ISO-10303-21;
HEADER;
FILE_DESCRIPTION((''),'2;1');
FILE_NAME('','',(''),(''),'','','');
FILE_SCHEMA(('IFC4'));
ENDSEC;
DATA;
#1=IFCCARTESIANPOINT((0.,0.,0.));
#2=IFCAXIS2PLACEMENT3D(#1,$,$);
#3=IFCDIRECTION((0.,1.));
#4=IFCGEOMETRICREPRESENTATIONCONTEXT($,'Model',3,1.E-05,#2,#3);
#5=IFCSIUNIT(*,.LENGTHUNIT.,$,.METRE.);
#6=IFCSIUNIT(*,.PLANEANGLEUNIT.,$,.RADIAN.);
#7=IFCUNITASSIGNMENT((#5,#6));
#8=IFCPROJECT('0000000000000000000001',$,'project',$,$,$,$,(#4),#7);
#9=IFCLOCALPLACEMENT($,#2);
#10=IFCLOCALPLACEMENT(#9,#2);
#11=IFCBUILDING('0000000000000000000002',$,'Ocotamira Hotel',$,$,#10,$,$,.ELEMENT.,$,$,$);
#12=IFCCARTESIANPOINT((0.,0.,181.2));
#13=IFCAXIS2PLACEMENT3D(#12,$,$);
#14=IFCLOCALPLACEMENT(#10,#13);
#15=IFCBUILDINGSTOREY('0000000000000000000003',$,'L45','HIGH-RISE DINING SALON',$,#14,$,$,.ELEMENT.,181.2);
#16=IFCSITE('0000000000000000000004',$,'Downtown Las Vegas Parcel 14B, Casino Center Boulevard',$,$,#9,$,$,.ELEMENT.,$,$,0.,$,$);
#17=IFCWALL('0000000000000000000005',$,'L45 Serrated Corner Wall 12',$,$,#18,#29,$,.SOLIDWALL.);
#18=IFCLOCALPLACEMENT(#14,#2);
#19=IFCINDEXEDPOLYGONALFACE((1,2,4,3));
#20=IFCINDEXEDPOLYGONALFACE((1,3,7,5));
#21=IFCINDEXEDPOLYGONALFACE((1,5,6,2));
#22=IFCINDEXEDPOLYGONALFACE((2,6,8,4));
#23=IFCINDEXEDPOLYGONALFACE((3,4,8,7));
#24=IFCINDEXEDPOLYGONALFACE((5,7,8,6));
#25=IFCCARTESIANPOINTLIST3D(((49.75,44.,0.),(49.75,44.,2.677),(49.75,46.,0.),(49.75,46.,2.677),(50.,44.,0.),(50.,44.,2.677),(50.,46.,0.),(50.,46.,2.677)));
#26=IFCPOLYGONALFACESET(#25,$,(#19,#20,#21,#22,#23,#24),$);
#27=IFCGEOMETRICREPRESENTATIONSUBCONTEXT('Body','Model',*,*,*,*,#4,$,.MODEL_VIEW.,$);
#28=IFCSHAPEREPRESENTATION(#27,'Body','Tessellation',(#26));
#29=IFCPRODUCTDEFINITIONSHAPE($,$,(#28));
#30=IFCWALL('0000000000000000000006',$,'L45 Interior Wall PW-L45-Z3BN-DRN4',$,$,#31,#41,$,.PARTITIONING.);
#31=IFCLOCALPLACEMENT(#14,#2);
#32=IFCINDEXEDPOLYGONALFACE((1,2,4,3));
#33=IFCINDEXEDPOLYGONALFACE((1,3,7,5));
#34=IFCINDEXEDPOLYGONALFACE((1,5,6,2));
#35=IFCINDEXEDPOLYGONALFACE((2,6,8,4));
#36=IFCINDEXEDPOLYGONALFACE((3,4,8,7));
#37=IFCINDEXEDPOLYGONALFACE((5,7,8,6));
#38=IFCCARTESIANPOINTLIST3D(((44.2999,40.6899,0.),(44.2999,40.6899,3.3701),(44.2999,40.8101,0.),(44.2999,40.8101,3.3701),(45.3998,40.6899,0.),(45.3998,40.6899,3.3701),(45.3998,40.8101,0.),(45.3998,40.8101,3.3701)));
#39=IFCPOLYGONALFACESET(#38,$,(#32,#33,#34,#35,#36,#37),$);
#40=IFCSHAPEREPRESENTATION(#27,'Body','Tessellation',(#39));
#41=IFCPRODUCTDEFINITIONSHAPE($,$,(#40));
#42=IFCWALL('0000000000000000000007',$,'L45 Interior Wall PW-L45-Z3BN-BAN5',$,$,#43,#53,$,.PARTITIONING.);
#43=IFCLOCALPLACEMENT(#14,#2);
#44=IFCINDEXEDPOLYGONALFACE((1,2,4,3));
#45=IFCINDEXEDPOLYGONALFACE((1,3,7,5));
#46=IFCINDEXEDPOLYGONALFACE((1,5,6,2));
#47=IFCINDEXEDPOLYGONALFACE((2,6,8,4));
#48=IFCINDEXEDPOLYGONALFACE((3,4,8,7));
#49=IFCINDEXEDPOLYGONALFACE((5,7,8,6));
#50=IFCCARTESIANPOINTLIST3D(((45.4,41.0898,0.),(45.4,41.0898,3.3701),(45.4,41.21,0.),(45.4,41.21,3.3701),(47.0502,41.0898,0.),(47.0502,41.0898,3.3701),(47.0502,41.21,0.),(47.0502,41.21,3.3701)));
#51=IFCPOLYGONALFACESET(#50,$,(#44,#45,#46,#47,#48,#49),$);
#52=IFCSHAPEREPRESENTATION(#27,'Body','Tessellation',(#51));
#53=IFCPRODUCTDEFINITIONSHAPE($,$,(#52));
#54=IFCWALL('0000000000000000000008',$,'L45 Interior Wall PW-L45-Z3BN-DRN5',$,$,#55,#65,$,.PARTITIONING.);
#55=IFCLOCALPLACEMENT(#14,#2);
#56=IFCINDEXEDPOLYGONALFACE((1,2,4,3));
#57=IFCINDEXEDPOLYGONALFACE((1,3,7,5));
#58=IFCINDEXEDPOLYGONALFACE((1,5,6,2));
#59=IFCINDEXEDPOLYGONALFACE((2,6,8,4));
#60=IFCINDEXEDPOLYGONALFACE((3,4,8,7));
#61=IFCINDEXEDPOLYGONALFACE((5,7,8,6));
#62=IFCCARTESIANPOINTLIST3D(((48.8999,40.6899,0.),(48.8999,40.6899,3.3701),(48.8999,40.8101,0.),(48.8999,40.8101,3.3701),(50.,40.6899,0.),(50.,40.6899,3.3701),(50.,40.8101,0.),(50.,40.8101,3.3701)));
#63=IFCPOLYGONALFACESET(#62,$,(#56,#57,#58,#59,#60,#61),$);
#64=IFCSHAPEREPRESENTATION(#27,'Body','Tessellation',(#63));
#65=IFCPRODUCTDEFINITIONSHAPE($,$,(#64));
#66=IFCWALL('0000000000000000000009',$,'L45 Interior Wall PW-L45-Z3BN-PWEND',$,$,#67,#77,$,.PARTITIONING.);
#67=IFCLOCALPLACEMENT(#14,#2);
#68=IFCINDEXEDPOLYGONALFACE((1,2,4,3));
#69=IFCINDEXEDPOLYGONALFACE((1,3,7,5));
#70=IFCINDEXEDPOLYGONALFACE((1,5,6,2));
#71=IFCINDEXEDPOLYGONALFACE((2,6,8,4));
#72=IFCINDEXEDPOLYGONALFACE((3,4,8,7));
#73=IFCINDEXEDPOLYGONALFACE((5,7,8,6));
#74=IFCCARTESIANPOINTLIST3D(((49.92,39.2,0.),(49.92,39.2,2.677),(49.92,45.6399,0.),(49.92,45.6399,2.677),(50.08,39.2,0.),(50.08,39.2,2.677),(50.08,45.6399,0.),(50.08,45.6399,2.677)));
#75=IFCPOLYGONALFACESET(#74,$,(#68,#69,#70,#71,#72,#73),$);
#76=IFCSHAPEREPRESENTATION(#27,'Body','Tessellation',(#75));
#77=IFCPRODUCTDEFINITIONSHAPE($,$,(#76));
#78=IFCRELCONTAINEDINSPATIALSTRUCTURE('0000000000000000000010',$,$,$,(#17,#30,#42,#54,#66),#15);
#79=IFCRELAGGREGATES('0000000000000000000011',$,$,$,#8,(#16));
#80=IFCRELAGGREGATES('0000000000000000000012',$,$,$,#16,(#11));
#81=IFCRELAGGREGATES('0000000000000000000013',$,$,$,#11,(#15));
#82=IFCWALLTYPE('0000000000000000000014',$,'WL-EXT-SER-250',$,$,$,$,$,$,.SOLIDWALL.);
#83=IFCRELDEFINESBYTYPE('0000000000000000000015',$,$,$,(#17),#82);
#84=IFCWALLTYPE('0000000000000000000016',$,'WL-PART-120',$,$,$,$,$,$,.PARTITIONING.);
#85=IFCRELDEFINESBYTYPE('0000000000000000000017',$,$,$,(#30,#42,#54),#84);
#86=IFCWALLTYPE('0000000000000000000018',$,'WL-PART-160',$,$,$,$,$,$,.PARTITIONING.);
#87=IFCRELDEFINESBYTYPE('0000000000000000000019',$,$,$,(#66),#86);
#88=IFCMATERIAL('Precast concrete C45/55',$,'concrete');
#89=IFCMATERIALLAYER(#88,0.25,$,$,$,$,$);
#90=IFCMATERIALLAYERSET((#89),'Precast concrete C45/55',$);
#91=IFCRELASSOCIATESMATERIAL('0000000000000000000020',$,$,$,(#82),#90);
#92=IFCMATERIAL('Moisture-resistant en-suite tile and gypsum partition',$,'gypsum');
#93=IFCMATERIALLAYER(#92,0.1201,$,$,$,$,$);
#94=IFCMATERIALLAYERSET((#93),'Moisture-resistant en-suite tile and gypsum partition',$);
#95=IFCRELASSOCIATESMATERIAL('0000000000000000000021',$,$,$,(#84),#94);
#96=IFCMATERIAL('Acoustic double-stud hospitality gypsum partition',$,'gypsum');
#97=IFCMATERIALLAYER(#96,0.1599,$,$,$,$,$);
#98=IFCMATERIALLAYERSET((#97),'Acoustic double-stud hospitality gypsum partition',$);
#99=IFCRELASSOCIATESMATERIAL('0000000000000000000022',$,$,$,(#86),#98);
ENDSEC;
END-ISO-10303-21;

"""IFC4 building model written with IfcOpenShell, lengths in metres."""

from ifc_helpers import new_model, si_unit, direction, frame, frame_2d, origin, place, context, subcontext, project, spatial, rectangle, extrude, material, layer, layer_set, type_object, element, save


model = new_model("IFC4")

# Units and contexts
model_context = context("Model", 3, precision=1e-05, world=origin(), true_north=direction((0.0, 1.0)))
body_context = subcontext(model_context, "Body", "Model", "MODEL_VIEW")
ifc_project = project(units=[si_unit("LENGTHUNIT", "METRE"), si_unit("PLANEANGLEUNIT", "RADIAN")], contexts=[model_context])

# Site, building, storey
site_placement = place(None, origin())
site = spatial("IfcSite", under=ifc_project, at=site_placement, Name="Downtown Las Vegas Parcel 14B, Casino Center Boulevard", CompositionType="ELEMENT", RefElevation=0.0)
building_placement = place(site_placement, origin())
building = spatial("IfcBuilding", under=site, at=building_placement, Name="Ocotamira Hotel", CompositionType="ELEMENT")
storey_placement = place(building_placement, frame((0.0, 0.0, 181.2)))
storey = spatial("IfcBuildingStorey", under=building, at=storey_placement, Name="L45", Description="HIGH-RISE DINING SALON", CompositionType="ELEMENT", Elevation=181.2)

# Wall
ifc_material_1 = material(Name="Precast concrete C45/55", Category="concrete")
ifc_layer_1 = layer(ifc_material_1, 0.25)
ifc_layer_set_1 = layer_set([ifc_layer_1], Name="Precast concrete C45/55")
wall_type_1 = type_object("IfcWallType", Name="WL-EXT-SER-250", PredefinedType="SOLIDWALL", material=ifc_layer_set_1)
wall_1_placement = place(storey_placement, frame((49.875, 44.0, 0.0), z_axis=(0.0, 0.0, 1.0), x_axis=(0.0, 1.0, 0.0)))
element("IfcWall", 1, at=wall_1_placement, inside=storey, type_object=wall_type_1, Name="L45 Serrated Corner Wall 12", PredefinedType="SOLIDWALL", context=body_context, shape_type="SweptSolid", body=[
    extrude(rectangle(XDim=2.0, YDim=0.25, at=frame_2d((1.0, 0.0))), origin(), (0.0, 0.0, 1.0), 2.677),
])

# Walls
ifc_material_2 = material(Name="Moisture-resistant en-suite tile and gypsum partition", Category="gypsum")
ifc_layer_2 = layer(ifc_material_2, 0.1201)
ifc_layer_set_2 = layer_set([ifc_layer_2], Name="Moisture-resistant en-suite tile and gypsum partition")
wall_type_2 = type_object("IfcWallType", Name="WL-PART-120", PredefinedType="PARTITIONING", material=ifc_layer_set_2)
wall_2_placement = place(storey_placement, frame((44.3, 40.75, 0.0), z_axis=(0.0, 0.0, 1.0), x_axis=(1.0, 0.0, 0.0)))
element("IfcWall", 2, at=wall_2_placement, inside=storey, type_object=wall_type_2, Name="L45 Interior Wall PW-L45-Z3BN-DRN4", PredefinedType="PARTITIONING", context=body_context, shape_type="SweptSolid", body=[
    extrude(rectangle(XDim=1.0999, YDim=0.1201, at=frame_2d((0.5498, 0.0))), origin(), (0.0, 0.0, 1.0), 3.3701),
])
wall_3_placement = place(storey_placement, frame((45.3999, 41.1499, 0.0), z_axis=(0.0, 0.0, 1.0), x_axis=(1.0, 0.0, 0.0)))
element("IfcWall", 3, at=wall_3_placement, inside=storey, type_object=wall_type_2, Name="L45 Interior Wall PW-L45-Z3BN-BAN5", PredefinedType="PARTITIONING", context=body_context, shape_type="SweptSolid", body=[
    extrude(rectangle(XDim=1.6501, YDim=0.1201, at=frame_2d((0.8252, 0.0))), origin(), (0.0, 0.0, 1.0), 3.3701),
])
wall_4_placement = place(storey_placement, frame((48.8999, 40.75, 0.0), z_axis=(0.0, 0.0, 1.0), x_axis=(1.0, 0.0, 0.0)))
element("IfcWall", 4, at=wall_4_placement, inside=storey, type_object=wall_type_2, Name="L45 Interior Wall PW-L45-Z3BN-DRN5", PredefinedType="PARTITIONING", context=body_context, shape_type="SweptSolid", body=[
    extrude(rectangle(XDim=1.1001, YDim=0.1201, at=frame_2d((0.55, 0.0))), origin(), (0.0, 0.0, 1.0), 3.3701),
])
ifc_material_3 = material(Name="Acoustic double-stud hospitality gypsum partition", Category="gypsum")
ifc_layer_3 = layer(ifc_material_3, 0.1599)
ifc_layer_set_3 = layer_set([ifc_layer_3], Name="Acoustic double-stud hospitality gypsum partition")
wall_type_3 = type_object("IfcWallType", Name="WL-PART-160", PredefinedType="PARTITIONING", material=ifc_layer_set_3)
wall_5_placement = place(storey_placement, frame((50.0, 39.2, 0.0), z_axis=(0.0, 0.0, 1.0), x_axis=(0.0, 1.0, 0.0)))
element("IfcWall", 5, at=wall_5_placement, inside=storey, type_object=wall_type_3, Name="L45 Interior Wall PW-L45-Z3BN-PWEND", PredefinedType="PARTITIONING", context=body_context, shape_type="SweptSolid", body=[
    extrude(rectangle(XDim=6.4399, YDim=0.1599, at=frame_2d((3.22, 0.0))), origin(), (0.0, 0.0, 1.0), 2.677),
])

save(model, "model.ifc")
